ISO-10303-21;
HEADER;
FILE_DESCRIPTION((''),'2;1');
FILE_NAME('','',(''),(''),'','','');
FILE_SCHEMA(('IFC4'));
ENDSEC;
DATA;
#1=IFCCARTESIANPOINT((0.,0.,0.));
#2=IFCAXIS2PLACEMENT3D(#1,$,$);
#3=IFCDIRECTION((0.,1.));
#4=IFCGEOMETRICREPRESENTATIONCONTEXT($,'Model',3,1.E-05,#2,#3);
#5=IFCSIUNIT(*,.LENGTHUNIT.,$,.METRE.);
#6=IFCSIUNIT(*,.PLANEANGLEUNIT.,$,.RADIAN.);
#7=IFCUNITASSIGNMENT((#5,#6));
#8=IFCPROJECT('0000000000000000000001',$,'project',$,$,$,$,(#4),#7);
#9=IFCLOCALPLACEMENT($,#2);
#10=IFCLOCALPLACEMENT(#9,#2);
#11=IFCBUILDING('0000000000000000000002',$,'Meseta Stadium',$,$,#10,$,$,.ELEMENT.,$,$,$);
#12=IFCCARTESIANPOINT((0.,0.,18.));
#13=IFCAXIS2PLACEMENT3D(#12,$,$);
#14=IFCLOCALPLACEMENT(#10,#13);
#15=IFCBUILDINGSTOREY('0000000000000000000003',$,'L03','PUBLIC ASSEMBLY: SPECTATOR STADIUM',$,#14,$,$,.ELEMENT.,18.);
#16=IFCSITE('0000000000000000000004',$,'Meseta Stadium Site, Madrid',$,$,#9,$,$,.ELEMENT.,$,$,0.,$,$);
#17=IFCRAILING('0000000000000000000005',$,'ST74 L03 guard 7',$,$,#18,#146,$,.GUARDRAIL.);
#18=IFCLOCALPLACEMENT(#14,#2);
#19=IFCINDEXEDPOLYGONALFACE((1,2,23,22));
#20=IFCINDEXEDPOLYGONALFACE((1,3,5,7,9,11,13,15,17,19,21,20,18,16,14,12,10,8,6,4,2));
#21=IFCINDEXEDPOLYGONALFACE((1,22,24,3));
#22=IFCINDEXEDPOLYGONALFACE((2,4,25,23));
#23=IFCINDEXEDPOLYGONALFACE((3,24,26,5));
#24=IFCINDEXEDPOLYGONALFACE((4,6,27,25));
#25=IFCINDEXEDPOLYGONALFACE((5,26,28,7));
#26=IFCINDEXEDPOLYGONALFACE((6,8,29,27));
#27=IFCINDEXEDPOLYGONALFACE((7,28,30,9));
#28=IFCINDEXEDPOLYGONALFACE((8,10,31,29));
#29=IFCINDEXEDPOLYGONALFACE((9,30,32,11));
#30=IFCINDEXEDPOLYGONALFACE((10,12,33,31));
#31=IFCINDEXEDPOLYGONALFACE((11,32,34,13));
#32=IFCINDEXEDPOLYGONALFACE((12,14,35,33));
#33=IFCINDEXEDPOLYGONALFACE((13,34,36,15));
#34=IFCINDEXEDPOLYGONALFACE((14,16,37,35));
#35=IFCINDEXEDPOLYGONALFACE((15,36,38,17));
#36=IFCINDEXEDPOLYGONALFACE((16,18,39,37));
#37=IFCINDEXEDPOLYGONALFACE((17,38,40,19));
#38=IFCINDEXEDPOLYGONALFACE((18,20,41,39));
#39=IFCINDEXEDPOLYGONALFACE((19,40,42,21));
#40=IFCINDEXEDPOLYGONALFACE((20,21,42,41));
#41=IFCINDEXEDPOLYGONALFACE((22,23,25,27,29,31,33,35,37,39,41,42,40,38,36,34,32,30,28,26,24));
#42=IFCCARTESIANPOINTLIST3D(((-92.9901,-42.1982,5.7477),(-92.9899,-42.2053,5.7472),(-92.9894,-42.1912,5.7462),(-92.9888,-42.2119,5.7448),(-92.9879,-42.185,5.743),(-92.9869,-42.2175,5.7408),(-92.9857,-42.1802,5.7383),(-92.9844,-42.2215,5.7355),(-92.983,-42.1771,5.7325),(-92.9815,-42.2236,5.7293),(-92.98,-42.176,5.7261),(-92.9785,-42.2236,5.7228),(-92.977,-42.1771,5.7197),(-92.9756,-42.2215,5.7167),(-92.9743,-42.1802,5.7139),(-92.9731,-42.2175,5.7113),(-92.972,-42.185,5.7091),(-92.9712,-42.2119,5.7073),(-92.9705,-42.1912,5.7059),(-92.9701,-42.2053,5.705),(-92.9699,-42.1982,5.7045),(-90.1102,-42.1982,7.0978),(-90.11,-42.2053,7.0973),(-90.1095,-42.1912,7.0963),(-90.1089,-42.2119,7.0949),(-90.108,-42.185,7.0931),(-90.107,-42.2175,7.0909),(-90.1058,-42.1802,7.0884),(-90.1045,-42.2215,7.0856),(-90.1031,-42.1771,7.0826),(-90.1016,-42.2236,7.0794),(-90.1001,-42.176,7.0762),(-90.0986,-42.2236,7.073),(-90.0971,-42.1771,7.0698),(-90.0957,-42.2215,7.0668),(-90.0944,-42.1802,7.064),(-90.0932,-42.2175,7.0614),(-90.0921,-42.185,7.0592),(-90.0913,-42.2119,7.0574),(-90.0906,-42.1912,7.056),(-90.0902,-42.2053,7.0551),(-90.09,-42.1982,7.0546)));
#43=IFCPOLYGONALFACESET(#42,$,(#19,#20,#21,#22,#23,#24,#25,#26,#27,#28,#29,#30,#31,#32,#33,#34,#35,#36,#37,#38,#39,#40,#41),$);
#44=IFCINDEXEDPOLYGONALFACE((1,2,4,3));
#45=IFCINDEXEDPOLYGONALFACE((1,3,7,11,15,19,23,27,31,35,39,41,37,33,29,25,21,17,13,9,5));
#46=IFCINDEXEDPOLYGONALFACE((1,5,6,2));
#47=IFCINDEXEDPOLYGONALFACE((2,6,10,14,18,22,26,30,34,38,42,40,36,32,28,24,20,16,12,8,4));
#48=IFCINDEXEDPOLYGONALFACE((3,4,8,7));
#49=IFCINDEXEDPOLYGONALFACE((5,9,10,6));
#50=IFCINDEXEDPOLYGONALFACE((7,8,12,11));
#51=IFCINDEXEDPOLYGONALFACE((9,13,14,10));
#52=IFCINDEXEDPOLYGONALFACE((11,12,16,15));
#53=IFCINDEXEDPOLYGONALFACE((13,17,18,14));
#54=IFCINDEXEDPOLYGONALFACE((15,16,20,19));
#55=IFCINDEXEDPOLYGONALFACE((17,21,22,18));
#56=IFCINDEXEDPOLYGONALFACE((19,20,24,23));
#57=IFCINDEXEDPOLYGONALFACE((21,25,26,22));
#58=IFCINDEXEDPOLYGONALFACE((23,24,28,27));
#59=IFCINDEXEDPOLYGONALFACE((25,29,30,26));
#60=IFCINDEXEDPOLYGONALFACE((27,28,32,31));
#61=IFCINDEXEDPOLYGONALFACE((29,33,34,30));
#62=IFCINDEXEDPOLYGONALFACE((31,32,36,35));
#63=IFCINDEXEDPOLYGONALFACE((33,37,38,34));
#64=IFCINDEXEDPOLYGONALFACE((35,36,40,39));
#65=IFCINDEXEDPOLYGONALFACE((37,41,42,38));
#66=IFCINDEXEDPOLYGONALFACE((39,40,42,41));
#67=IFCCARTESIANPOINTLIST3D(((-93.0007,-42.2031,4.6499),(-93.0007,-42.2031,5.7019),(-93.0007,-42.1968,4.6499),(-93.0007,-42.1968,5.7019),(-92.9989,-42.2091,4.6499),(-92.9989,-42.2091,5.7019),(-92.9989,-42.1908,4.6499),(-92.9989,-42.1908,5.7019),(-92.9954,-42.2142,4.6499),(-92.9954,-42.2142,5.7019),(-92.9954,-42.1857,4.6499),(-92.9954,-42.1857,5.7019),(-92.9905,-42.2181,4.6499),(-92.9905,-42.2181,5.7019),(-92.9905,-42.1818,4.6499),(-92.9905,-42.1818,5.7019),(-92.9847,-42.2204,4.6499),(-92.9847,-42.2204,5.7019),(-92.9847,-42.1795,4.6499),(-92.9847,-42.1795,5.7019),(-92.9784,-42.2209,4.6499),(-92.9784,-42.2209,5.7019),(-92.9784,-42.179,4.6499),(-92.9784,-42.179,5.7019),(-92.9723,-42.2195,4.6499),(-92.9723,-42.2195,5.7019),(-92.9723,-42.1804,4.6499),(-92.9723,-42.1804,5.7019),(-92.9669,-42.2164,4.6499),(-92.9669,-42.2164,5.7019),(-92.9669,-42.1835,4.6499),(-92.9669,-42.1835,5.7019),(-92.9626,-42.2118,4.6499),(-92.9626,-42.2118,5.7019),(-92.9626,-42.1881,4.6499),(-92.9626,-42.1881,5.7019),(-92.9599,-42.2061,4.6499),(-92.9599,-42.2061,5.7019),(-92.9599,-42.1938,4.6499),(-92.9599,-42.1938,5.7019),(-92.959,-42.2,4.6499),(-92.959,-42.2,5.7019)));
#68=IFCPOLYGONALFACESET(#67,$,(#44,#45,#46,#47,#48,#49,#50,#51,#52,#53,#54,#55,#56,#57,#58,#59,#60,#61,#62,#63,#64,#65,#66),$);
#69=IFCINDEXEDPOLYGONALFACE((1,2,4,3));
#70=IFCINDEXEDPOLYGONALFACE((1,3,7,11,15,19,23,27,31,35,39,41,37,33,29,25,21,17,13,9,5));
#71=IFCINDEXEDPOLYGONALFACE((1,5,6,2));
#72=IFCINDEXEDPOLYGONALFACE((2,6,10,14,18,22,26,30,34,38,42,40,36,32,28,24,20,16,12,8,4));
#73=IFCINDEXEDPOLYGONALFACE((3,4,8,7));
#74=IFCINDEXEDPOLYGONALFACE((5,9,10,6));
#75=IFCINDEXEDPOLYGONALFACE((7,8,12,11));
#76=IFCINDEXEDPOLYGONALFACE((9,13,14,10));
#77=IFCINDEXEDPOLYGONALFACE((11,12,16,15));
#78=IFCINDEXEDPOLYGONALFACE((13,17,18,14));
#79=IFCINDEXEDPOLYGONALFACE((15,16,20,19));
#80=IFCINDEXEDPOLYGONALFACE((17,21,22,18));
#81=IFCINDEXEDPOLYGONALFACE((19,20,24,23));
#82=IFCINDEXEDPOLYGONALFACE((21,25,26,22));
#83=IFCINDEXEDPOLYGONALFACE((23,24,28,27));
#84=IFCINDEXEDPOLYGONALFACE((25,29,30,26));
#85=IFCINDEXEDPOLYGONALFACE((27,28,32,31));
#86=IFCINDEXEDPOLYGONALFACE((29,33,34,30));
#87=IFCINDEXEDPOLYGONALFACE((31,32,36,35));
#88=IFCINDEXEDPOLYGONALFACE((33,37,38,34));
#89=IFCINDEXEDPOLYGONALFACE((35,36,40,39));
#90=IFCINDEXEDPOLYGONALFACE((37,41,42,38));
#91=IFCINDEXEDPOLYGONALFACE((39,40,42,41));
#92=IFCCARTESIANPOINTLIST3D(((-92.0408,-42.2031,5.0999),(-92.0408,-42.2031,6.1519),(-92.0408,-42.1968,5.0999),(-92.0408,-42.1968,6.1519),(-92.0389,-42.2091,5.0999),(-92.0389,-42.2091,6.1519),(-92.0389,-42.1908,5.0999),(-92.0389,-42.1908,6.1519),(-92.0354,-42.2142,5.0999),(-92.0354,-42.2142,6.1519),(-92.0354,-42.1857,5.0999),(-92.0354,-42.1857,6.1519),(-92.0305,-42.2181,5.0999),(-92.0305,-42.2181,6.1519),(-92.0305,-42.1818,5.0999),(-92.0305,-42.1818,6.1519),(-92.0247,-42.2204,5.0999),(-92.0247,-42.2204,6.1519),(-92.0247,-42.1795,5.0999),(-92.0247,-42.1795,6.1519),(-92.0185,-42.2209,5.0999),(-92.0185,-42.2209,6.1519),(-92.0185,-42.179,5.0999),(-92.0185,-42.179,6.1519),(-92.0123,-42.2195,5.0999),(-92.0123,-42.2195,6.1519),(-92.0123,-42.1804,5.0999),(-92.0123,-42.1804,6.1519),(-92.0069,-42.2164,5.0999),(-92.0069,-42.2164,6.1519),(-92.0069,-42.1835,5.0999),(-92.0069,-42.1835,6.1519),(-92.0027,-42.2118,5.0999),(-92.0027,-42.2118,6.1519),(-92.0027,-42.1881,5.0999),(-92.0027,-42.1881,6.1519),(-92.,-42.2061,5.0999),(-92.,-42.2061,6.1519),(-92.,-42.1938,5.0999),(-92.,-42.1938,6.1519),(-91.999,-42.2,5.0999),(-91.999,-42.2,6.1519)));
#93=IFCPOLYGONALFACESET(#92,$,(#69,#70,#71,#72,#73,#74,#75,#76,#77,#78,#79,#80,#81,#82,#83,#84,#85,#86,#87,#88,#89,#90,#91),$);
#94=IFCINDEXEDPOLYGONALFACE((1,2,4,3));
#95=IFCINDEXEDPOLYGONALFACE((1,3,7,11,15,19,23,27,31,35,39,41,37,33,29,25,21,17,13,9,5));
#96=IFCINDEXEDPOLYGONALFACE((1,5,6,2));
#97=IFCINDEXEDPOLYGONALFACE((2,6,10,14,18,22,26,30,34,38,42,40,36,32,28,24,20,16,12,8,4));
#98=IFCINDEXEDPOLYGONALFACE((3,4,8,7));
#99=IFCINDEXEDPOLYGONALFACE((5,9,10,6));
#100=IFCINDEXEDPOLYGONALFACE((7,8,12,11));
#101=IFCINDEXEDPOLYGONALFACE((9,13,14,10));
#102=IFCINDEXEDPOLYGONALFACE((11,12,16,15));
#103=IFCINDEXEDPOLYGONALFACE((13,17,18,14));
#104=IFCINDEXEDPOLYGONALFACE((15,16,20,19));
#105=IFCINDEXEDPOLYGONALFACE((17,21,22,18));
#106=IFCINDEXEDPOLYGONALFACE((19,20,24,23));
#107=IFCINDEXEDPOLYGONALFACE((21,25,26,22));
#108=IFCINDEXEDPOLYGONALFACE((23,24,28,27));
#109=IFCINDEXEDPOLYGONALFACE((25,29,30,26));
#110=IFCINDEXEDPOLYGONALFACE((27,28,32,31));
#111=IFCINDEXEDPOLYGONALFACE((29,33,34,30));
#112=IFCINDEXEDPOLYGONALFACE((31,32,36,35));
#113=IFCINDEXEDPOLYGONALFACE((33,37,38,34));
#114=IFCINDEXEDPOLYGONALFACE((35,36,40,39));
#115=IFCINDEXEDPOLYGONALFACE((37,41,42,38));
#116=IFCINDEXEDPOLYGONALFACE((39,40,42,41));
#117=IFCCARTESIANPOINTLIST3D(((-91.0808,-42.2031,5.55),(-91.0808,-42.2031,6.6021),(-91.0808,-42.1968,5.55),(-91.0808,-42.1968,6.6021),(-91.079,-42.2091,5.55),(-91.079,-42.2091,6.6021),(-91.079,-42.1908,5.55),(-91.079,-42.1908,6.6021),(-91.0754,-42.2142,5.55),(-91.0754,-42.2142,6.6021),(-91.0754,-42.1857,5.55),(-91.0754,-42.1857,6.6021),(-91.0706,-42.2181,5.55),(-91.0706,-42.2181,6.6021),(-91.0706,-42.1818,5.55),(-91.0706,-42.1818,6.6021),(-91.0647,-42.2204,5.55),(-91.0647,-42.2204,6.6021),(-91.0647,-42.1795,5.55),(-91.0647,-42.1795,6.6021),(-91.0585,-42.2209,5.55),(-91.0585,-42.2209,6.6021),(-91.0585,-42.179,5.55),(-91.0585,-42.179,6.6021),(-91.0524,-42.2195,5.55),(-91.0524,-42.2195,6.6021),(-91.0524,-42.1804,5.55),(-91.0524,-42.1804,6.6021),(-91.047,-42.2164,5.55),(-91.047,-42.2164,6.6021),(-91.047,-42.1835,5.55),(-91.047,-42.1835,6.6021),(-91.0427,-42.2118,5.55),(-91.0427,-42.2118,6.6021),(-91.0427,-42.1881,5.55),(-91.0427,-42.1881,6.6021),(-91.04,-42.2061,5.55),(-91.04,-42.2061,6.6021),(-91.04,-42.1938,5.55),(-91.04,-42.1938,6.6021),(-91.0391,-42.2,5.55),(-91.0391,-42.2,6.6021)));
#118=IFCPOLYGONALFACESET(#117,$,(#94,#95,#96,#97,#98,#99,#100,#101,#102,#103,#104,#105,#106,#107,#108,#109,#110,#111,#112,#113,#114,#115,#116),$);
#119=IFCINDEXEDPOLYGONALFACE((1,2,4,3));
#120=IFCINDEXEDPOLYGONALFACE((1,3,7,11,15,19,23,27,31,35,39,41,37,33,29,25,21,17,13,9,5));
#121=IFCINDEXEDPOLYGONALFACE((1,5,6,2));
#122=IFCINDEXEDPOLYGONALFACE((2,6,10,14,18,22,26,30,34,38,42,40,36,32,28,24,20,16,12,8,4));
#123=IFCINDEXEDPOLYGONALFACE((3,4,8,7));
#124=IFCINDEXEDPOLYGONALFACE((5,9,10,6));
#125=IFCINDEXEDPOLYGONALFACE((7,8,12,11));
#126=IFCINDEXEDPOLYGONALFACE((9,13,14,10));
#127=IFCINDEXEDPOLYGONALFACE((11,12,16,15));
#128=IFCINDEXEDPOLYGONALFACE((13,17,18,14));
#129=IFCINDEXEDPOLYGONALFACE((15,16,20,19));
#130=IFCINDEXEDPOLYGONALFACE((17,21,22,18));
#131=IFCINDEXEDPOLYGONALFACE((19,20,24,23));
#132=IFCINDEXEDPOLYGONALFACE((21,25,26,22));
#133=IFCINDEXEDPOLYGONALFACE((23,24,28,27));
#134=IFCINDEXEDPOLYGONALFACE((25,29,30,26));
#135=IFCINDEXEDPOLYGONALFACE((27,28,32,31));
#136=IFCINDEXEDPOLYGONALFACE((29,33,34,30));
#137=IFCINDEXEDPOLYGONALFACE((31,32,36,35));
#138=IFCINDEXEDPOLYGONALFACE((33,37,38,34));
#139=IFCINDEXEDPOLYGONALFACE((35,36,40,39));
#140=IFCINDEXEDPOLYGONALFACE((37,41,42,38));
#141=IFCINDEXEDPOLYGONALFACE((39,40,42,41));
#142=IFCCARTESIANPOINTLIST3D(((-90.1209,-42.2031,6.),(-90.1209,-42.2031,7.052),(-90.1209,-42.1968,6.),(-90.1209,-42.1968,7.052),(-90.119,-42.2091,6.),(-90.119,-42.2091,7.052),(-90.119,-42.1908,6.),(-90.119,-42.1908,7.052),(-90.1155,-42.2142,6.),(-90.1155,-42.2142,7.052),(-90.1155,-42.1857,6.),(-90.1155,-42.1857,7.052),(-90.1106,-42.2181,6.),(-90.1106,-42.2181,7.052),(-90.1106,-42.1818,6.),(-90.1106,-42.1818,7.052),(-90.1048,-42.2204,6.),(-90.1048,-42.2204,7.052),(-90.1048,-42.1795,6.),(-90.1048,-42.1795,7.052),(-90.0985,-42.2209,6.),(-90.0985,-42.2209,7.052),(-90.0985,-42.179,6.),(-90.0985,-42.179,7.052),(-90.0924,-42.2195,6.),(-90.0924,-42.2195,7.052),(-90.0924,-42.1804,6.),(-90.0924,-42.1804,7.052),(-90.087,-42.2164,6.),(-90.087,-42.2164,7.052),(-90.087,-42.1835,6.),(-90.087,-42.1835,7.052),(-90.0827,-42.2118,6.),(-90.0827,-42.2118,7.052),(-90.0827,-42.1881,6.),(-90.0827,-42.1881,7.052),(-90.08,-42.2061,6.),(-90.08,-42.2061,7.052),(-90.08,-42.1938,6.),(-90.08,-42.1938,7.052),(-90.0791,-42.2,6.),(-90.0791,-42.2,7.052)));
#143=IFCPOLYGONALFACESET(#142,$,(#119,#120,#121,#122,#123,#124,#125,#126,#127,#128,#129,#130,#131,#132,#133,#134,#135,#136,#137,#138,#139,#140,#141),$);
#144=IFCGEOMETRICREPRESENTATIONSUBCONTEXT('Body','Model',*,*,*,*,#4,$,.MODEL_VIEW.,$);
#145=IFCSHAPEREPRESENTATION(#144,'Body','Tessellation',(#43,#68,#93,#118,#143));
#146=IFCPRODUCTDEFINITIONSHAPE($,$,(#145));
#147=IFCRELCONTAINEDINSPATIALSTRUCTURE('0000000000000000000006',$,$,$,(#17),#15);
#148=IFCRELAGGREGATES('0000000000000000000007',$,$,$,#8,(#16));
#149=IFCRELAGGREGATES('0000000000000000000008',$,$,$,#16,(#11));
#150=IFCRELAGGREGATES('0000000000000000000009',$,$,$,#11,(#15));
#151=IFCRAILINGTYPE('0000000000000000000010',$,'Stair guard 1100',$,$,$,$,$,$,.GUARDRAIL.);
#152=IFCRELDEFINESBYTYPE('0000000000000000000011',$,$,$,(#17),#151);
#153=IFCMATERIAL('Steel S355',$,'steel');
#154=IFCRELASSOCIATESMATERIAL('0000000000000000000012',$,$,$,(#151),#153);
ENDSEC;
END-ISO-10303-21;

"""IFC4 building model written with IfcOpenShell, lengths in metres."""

from ifc_helpers import new_model, si_unit, direction, frame, origin, origin_2d, place, context, subcontext, project, spatial, circle, extrude, material, type_object, element, save


model = new_model("IFC4")

# Units and contexts
model_context = context("Model", 3, precision=1e-05, world=origin(), true_north=direction((0.0, 1.0)))
body_context = subcontext(model_context, "Body", "Model", "MODEL_VIEW")
ifc_project = project(units=[si_unit("LENGTHUNIT", "METRE"), si_unit("PLANEANGLEUNIT", "RADIAN")], contexts=[model_context])

# Site, building, storey
site_placement = place(None, origin())
site = spatial("IfcSite", under=ifc_project, at=site_placement, Name="Meseta Stadium Site, Madrid", CompositionType="ELEMENT", RefElevation=0.0)
building_placement = place(site_placement, origin())
building = spatial("IfcBuilding", under=site, at=building_placement, Name="Meseta Stadium", CompositionType="ELEMENT")
storey_placement = place(building_placement, frame((0.0, 0.0, 18.0)))
storey = spatial("IfcBuildingStorey", under=building, at=storey_placement, Name="L03", Description="PUBLIC ASSEMBLY: SPECTATOR STADIUM", CompositionType="ELEMENT", Elevation=18.0)

# Railing
ifc_material_1 = material(Name="Steel S355", Category="steel")
railing_type_1 = type_object("IfcRailingType", Name="Stair guard 1100", PredefinedType="GUARDRAIL", material=ifc_material_1)
for number, where, name in (
    (1, (-92.98, -42.2, 4.6499), "ST74 L03 guard 7"),
):
    element("IfcRailing", number, at=place(storey_placement, frame(where)), inside=storey, type_object=railing_type_1, Name=name, PredefinedType="GUARDRAIL", context=body_context, shape_type="SweptSolid", body=[
        extrude(circle(Radius=0.0239, at=origin_2d()), frame((0.0, 0.0, 1.0762), z_axis=(0.90544, 0.0, 0.424473), x_axis=(0.0, 1.0, 0.0)), (0.0, 0.0, 1.0), 3.1807),
        extrude(circle(Radius=0.021, at=origin_2d()), origin(), (0.0, 0.0, 1.0), 1.052),
        extrude(circle(Radius=0.021, at=origin_2d()), frame((0.96, 0.0, 0.45)), (0.0, 0.0, 1.0), 1.052),
        extrude(circle(Radius=0.021, at=origin_2d()), frame((1.9199, 0.0, 0.9001)), (0.0, 0.0, 1.0), 1.052),
        extrude(circle(Radius=0.021, at=origin_2d()), frame((2.8799, 0.0, 1.3501)), (0.0, 0.0, 1.0), 1.052),
    ])

save(model, "model.ifc")
